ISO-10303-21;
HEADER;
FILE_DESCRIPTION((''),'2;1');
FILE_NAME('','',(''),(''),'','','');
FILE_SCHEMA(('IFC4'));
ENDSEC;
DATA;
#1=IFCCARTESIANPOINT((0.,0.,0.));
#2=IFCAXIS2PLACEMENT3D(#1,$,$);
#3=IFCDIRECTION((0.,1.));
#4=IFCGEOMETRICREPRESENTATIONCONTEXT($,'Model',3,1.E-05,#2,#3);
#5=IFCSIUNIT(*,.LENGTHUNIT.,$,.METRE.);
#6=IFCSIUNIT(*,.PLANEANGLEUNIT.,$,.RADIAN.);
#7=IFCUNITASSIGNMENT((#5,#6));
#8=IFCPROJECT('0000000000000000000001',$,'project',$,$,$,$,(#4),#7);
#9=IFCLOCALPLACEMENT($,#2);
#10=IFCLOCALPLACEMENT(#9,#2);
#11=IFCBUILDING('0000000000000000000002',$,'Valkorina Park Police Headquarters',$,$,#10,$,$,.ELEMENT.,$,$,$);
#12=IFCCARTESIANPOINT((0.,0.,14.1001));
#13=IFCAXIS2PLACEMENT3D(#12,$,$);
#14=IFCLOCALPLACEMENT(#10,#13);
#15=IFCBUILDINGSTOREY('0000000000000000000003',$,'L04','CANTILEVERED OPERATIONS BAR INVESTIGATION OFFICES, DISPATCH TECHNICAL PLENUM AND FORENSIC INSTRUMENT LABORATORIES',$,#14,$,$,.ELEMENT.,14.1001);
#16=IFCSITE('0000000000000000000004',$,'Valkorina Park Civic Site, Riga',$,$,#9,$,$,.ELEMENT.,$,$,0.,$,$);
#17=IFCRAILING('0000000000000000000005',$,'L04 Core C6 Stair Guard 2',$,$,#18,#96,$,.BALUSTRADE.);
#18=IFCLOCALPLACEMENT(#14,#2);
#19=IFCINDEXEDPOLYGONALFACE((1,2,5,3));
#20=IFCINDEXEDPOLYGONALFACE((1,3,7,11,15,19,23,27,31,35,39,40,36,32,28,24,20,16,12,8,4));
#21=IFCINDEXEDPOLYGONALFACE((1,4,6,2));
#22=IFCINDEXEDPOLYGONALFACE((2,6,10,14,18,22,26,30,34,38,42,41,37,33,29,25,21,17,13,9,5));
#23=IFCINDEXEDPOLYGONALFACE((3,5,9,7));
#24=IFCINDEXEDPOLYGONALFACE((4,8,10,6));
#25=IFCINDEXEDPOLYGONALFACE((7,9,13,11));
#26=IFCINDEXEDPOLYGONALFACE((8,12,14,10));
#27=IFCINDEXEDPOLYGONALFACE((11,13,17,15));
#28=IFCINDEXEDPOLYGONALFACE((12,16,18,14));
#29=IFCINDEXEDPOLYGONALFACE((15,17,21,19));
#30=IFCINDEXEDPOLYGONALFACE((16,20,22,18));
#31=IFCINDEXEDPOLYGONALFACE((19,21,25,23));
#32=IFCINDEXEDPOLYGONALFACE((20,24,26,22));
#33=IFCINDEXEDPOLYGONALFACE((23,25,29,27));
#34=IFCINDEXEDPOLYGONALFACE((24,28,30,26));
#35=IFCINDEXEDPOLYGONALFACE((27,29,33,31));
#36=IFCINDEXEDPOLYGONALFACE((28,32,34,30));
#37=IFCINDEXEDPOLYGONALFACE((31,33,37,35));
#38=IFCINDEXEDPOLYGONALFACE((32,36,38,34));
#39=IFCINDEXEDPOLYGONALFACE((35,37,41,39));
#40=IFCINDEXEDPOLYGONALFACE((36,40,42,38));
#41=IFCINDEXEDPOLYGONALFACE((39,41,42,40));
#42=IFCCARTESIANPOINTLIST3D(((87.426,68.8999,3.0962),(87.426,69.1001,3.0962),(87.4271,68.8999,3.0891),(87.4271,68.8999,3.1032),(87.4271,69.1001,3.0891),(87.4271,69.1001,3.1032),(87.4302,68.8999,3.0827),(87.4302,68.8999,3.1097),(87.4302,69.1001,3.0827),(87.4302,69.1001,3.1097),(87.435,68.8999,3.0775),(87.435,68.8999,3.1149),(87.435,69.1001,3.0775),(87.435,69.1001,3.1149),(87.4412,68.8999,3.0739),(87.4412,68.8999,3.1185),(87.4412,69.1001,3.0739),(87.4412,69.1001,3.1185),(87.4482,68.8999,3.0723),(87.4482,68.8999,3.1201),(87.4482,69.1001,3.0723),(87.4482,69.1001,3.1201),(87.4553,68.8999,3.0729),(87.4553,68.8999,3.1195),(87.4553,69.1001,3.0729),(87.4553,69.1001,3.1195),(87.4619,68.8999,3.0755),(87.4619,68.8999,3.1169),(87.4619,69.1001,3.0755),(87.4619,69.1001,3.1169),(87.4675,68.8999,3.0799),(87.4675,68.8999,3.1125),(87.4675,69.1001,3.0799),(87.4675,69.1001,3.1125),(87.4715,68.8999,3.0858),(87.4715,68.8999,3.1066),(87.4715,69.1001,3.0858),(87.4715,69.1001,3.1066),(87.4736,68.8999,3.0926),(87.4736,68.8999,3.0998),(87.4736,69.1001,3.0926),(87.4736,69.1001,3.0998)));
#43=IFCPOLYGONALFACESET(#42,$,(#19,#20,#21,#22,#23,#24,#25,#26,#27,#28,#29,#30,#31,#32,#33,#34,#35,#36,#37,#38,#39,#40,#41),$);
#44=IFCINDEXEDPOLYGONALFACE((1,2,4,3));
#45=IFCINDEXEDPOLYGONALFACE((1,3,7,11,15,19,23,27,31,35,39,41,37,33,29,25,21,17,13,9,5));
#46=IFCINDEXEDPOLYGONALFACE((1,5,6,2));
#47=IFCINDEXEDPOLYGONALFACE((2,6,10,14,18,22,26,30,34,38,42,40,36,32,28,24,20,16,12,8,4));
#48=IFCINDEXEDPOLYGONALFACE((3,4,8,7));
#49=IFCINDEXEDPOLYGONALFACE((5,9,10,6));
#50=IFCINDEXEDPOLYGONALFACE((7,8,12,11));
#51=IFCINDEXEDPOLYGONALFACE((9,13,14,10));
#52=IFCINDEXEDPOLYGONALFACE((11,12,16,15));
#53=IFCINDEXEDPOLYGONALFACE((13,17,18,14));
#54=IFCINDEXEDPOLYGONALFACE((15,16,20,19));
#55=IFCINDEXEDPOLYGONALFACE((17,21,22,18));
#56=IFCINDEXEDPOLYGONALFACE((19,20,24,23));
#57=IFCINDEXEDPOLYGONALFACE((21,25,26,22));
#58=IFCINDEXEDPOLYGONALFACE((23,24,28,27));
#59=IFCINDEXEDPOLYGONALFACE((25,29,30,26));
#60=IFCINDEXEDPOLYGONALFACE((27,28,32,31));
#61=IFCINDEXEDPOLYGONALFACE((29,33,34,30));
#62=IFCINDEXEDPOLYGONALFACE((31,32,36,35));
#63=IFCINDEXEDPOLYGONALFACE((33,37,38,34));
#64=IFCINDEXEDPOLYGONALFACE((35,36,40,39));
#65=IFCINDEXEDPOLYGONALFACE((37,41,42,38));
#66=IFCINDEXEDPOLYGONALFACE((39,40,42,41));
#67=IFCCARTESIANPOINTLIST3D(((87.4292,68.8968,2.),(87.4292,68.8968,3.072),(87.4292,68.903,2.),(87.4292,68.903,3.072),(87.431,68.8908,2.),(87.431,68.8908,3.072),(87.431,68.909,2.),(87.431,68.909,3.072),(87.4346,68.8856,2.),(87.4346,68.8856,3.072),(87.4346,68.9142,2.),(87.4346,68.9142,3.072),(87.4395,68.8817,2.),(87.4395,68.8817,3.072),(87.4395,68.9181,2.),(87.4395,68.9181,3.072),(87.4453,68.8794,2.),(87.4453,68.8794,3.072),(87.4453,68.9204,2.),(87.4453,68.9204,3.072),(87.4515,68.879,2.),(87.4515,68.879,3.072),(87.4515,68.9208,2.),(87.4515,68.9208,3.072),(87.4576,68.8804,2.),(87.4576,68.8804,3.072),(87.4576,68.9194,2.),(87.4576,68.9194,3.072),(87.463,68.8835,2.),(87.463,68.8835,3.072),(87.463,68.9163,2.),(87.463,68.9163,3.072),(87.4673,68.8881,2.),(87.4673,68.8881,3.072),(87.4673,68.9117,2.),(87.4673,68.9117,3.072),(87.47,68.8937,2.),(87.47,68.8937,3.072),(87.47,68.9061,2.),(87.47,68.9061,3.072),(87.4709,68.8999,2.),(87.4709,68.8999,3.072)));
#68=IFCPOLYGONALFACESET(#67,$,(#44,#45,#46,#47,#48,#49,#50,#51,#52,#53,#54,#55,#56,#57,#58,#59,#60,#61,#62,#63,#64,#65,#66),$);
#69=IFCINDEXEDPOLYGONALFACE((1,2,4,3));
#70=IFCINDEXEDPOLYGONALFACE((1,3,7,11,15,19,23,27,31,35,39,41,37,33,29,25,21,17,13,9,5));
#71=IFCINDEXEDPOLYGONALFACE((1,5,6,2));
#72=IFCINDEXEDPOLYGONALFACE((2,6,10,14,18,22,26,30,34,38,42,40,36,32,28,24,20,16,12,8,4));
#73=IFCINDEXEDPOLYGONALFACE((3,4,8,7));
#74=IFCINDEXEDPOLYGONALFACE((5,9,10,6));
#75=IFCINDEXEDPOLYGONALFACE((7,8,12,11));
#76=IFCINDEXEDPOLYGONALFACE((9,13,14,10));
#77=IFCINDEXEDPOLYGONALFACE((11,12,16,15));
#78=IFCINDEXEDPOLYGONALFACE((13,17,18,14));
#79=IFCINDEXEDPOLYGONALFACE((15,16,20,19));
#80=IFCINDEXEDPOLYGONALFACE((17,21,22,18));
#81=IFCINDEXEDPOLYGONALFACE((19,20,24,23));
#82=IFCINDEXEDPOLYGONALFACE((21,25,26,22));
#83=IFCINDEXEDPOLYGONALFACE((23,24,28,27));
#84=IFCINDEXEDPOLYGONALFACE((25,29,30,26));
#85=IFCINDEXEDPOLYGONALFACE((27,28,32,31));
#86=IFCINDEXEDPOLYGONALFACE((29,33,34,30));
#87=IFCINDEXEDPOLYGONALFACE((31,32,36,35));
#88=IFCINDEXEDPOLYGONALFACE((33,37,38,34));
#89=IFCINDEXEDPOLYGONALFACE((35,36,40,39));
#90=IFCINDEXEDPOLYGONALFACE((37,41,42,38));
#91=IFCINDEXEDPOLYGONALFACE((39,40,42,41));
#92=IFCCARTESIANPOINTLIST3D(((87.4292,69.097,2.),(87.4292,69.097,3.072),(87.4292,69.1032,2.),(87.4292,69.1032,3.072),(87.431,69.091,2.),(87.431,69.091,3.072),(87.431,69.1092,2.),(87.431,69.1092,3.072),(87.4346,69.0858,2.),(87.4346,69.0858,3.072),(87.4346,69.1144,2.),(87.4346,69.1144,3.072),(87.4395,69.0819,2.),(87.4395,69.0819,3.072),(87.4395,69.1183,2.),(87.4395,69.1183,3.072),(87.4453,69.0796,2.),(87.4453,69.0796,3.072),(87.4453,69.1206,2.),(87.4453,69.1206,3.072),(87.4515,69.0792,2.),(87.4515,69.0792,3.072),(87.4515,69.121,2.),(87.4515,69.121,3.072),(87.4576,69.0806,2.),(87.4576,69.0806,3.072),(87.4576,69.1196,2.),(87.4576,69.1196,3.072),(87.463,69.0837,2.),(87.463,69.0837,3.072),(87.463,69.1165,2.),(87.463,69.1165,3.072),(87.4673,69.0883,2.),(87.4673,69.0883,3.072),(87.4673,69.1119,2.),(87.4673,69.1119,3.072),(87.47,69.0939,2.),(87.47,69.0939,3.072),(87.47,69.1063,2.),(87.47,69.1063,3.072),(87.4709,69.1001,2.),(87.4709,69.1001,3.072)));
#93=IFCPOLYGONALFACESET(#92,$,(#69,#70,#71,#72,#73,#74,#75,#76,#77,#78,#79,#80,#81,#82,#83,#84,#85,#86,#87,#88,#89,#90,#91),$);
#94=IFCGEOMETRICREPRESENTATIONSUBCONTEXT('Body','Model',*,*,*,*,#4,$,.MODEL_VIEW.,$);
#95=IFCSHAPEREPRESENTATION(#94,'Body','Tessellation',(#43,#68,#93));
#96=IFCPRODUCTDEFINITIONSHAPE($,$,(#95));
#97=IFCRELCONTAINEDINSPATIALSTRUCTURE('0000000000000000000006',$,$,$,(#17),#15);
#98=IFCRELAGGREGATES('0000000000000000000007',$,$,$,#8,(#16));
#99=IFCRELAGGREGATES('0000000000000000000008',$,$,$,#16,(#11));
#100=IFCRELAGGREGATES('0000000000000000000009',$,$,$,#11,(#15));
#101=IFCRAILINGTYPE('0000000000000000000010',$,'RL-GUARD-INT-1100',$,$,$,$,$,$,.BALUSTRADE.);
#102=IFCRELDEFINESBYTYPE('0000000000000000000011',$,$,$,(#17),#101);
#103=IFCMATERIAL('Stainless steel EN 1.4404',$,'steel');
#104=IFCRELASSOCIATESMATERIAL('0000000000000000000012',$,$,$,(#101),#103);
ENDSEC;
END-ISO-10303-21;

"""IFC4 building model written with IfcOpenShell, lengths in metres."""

from ifc_helpers import new_model, si_unit, direction, frame, origin, origin_2d, place, context, subcontext, project, spatial, circle, extrude, material, type_object, element, save


model = new_model("IFC4")

# Units and contexts
model_context = context("Model", 3, precision=1e-05, world=origin(), true_north=direction((0.0, 1.0)))
body_context = subcontext(model_context, "Body", "Model", "MODEL_VIEW")
ifc_project = project(units=[si_unit("LENGTHUNIT", "METRE"), si_unit("PLANEANGLEUNIT", "RADIAN")], contexts=[model_context])

# Site, building, storey
site_placement = place(None, origin())
site = spatial("IfcSite", under=ifc_project, at=site_placement, Name="Valkorina Park Civic Site, Riga", CompositionType="ELEMENT", RefElevation=0.0)
building_placement = place(site_placement, origin())
building = spatial("IfcBuilding", under=site, at=building_placement, Name="Valkorina Park Police Headquarters", CompositionType="ELEMENT")
storey_placement = place(building_placement, frame((0.0, 0.0, 14.1001)))
storey = spatial("IfcBuildingStorey", under=building, at=storey_placement, Name="L04", Description="CANTILEVERED OPERATIONS BAR INVESTIGATION OFFICES, DISPATCH TECHNICAL PLENUM AND FORENSIC INSTRUMENT LABORATORIES", CompositionType="ELEMENT", Elevation=14.1001)

# Shared definitions
ifc_material_1 = material(Name="Stainless steel EN 1.4404", Category="steel")

# Railing
railing_type = type_object("IfcRailingType", Name="RL-GUARD-INT-1100", PredefinedType="BALUSTRADE", material=ifc_material_1)
railing_placement = place(storey_placement, frame((87.45, 68.8999, 2.0)))
element("IfcRailing", 1, at=railing_placement, inside=storey, type_object=railing_type, Name="L04 Core C6 Stair Guard 2", PredefinedType="BALUSTRADE", context=body_context, shape_type="SweptSolid", body=[
    extrude(circle(Radius=0.0239, at=origin_2d()), frame((0.0, 0.0, 1.0962), z_axis=(0.0, 1.0, 0.0), x_axis=(-1.0, 0.0, 0.0)), (0.0, 0.0, 1.0), 0.2002),
    extrude(circle(Radius=0.021, at=origin_2d()), origin(), (0.0, 0.0, 1.0), 1.072),
    extrude(circle(Radius=0.021, at=origin_2d()), frame((0.0, 0.2002, 0.0)), (0.0, 0.0, 1.0), 1.072),
])

save(model, "model.ifc")
